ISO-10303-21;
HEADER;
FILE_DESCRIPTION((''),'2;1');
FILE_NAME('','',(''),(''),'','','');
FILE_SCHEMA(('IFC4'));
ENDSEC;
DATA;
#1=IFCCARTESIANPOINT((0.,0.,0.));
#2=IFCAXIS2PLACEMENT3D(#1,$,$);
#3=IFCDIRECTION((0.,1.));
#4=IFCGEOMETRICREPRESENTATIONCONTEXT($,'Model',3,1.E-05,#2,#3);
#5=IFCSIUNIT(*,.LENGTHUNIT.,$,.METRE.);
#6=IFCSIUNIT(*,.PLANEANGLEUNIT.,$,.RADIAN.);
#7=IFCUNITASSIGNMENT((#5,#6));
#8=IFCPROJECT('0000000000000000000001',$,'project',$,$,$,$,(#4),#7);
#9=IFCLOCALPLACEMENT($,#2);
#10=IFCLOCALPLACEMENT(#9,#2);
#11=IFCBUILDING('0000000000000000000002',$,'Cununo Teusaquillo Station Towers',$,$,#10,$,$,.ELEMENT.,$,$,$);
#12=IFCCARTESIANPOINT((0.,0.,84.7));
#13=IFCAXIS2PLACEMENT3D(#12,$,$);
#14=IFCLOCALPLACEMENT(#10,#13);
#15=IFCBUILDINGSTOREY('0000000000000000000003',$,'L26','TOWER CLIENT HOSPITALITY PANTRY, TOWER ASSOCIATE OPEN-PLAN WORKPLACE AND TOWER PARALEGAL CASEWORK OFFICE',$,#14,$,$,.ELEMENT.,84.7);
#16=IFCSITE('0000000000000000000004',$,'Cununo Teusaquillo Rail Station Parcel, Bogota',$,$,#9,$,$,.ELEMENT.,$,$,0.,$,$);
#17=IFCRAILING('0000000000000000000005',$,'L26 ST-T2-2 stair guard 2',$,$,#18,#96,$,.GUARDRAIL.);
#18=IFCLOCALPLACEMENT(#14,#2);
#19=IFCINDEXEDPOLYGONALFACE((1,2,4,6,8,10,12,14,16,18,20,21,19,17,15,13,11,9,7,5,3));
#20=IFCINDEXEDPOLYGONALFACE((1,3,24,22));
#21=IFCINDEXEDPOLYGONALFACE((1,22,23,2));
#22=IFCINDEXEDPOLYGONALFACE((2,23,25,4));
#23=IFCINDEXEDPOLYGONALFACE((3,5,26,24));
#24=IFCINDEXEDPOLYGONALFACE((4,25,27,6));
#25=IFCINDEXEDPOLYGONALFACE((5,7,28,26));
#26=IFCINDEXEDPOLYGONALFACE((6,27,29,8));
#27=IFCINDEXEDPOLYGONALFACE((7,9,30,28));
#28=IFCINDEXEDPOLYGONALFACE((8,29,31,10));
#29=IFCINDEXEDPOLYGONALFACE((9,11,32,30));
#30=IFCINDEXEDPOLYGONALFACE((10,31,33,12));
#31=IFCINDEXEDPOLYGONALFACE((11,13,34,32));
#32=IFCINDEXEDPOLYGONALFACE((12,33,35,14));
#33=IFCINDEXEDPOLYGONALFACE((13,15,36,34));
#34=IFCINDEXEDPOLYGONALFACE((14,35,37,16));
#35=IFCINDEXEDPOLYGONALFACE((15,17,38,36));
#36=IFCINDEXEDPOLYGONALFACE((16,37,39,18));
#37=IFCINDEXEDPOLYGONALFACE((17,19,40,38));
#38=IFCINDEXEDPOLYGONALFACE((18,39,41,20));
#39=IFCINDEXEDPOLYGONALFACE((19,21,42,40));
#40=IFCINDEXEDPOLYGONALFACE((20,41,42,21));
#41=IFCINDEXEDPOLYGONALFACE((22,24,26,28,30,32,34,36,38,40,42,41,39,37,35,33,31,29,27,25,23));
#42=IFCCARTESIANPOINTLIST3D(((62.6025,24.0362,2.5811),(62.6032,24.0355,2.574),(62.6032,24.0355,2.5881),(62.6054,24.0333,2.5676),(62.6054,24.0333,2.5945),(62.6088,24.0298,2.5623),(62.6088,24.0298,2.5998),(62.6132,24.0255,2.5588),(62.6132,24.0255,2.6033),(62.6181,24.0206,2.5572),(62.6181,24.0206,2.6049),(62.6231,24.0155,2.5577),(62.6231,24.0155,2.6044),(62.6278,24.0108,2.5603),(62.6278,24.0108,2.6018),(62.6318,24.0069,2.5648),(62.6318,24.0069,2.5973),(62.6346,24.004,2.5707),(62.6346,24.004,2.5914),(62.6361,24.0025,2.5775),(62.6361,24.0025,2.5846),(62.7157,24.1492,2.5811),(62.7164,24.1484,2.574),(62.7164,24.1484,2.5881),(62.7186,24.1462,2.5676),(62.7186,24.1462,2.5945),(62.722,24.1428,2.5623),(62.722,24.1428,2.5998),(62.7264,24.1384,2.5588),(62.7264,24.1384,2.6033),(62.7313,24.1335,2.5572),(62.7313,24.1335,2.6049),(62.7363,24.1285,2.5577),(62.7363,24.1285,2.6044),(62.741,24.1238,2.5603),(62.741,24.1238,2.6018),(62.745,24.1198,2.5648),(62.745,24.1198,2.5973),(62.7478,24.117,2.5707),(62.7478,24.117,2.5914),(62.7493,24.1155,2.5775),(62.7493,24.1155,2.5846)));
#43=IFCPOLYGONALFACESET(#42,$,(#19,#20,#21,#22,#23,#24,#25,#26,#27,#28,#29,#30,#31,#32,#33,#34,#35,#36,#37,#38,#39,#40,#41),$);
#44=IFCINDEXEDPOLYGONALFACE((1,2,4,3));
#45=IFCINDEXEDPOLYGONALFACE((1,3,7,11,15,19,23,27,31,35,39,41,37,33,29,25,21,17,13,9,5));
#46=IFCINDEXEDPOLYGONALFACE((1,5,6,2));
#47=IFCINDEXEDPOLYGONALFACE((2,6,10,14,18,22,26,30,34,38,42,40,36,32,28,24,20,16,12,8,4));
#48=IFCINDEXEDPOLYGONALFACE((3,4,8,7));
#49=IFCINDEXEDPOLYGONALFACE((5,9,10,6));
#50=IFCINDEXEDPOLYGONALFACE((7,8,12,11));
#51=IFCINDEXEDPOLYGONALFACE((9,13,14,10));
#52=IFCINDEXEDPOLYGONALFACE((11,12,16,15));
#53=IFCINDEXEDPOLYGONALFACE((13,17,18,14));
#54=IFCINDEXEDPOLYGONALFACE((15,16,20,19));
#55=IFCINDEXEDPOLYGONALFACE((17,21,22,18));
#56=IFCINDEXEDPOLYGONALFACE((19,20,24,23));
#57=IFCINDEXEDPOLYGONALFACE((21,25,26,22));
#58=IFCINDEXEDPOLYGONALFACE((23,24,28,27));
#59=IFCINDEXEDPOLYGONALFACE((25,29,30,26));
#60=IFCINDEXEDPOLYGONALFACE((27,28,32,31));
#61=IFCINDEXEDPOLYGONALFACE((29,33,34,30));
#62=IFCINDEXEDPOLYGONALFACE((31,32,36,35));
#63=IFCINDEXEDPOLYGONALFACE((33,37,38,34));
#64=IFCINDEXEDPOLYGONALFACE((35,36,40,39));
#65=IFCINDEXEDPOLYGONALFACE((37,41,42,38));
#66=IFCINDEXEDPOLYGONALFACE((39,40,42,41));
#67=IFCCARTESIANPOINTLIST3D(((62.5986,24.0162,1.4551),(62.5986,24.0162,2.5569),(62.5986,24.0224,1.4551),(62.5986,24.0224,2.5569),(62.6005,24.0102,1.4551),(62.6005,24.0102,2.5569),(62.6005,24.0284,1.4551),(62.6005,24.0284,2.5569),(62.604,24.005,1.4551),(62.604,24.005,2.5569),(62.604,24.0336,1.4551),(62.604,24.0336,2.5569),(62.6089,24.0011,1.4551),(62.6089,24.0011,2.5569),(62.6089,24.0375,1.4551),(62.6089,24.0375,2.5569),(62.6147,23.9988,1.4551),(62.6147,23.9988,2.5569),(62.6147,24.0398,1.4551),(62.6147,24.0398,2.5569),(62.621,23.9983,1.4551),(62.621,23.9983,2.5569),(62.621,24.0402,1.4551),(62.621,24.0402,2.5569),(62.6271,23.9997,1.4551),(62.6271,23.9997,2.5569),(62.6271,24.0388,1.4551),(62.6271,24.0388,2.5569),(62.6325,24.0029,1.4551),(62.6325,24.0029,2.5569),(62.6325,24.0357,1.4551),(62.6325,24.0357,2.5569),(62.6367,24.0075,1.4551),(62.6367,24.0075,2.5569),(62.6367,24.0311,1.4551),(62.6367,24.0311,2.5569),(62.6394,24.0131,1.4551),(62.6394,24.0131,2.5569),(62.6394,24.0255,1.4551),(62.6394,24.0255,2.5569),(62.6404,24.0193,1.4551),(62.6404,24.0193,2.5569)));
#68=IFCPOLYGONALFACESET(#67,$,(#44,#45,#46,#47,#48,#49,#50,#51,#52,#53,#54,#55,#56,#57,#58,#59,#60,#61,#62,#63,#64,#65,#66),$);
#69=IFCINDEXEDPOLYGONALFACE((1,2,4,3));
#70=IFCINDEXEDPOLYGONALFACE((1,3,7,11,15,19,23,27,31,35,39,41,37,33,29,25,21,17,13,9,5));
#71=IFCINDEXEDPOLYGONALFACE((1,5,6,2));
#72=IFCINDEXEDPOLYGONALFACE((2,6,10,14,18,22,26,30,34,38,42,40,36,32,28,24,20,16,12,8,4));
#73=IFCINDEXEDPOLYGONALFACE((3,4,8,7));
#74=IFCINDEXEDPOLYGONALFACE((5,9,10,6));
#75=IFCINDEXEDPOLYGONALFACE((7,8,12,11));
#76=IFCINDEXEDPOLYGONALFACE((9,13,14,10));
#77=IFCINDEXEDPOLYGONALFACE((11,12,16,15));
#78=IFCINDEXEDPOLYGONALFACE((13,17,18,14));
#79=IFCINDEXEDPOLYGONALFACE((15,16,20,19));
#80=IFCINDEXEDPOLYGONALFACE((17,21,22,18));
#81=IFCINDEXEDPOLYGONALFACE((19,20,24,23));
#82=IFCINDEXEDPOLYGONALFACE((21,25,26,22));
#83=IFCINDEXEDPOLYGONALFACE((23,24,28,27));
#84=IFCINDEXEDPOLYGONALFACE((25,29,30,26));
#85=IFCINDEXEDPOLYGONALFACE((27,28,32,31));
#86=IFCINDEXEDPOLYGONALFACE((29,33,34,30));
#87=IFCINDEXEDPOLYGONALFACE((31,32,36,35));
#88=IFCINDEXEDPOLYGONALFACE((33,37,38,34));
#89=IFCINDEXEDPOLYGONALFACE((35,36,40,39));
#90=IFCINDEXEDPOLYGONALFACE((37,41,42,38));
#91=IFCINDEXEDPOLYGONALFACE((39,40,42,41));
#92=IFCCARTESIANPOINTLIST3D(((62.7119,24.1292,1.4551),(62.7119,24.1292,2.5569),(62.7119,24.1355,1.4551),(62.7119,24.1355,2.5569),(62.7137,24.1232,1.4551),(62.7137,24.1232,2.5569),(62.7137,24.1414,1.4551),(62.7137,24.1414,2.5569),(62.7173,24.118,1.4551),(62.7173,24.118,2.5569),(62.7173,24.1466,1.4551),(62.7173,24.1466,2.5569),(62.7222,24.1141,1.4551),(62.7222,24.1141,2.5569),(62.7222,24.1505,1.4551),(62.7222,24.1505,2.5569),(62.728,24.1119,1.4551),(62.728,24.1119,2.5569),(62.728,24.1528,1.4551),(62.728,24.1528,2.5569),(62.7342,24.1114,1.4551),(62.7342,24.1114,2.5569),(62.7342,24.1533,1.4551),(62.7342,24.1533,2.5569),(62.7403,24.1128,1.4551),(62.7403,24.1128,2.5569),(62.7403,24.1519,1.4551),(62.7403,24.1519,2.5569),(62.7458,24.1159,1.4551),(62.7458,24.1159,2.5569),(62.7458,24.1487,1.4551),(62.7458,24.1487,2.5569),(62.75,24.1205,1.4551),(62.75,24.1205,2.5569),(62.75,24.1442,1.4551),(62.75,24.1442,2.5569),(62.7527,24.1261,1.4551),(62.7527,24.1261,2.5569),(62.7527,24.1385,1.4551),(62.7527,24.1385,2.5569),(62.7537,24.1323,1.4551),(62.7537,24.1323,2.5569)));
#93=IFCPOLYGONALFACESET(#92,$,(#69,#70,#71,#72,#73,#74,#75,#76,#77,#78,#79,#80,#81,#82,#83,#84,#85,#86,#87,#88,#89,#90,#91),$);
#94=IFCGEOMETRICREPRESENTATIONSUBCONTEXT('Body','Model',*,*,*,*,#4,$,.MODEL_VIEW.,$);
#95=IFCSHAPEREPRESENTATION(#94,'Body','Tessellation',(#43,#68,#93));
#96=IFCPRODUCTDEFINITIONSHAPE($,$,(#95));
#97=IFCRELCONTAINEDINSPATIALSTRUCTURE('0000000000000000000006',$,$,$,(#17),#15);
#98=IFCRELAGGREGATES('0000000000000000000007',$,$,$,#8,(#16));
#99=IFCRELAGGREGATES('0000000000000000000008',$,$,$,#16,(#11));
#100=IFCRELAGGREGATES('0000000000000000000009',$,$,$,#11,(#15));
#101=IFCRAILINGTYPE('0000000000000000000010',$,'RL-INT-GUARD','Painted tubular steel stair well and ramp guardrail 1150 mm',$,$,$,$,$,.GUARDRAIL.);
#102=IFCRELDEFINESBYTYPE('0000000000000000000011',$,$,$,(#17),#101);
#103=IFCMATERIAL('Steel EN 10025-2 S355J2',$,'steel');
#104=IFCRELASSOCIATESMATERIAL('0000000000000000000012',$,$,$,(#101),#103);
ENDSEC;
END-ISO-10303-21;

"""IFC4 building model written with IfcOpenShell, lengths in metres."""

from ifc_helpers import new_model, si_unit, direction, frame, origin, origin_2d, place, context, subcontext, project, spatial, circle, extrude, material, type_object, element, save


model = new_model("IFC4")

# Units and contexts
model_context = context("Model", 3, precision=1e-05, world=origin(), true_north=direction((0.0, 1.0)))
body_context = subcontext(model_context, "Body", "Model", "MODEL_VIEW")
ifc_project = project(units=[si_unit("LENGTHUNIT", "METRE"), si_unit("PLANEANGLEUNIT", "RADIAN")], contexts=[model_context])

# Site, building, storey
site_placement = place(None, origin())
site = spatial("IfcSite", under=ifc_project, at=site_placement, Name="Cununo Teusaquillo Rail Station Parcel, Bogota", CompositionType="ELEMENT", RefElevation=0.0)
building_placement = place(site_placement, origin())
building = spatial("IfcBuilding", under=site, at=building_placement, Name="Cununo Teusaquillo Station Towers", CompositionType="ELEMENT")
storey_placement = place(building_placement, frame((0.0, 0.0, 84.7)))
storey = spatial("IfcBuildingStorey", under=building, at=storey_placement, Name="L26", Description="TOWER CLIENT HOSPITALITY PANTRY, TOWER ASSOCIATE OPEN-PLAN WORKPLACE AND TOWER PARALEGAL CASEWORK OFFICE", CompositionType="ELEMENT", Elevation=84.7)

# Railing
ifc_material_1 = material(Name="Steel EN 10025-2 S355J2", Category="steel")
railing_type_1 = type_object("IfcRailingType", Name="RL-INT-GUARD", Description="Painted tubular steel stair well and ramp guardrail 1150 mm", PredefinedType="GUARDRAIL", material=ifc_material_1)
railing_1_placement = place(storey_placement, frame((62.6194, 24.0193, 1.4551)))
element("IfcRailing", 1, at=railing_1_placement, inside=storey, type_object=railing_type_1, Name="L26 ST-T2-2 stair guard 2", PredefinedType="GUARDRAIL", context=body_context, shape_type="SweptSolid", body=[
    extrude(circle(Radius=0.0239, at=origin_2d()), frame((0.0, 0.0, 1.126), z_axis=(0.707869, 0.706344, 0.0), x_axis=(-0.706344, 0.707869, 0.0)), (0.0, 0.0, 1.0), 0.1599),
    extrude(circle(Radius=0.021, at=origin_2d()), origin(), (0.0, 0.0, 1.0), 1.1018),
    extrude(circle(Radius=0.021, at=origin_2d()), frame((0.1133, 0.113, 0.0)), (0.0, 0.0, 1.0), 1.1018),
])

save(model, "model.ifc")
